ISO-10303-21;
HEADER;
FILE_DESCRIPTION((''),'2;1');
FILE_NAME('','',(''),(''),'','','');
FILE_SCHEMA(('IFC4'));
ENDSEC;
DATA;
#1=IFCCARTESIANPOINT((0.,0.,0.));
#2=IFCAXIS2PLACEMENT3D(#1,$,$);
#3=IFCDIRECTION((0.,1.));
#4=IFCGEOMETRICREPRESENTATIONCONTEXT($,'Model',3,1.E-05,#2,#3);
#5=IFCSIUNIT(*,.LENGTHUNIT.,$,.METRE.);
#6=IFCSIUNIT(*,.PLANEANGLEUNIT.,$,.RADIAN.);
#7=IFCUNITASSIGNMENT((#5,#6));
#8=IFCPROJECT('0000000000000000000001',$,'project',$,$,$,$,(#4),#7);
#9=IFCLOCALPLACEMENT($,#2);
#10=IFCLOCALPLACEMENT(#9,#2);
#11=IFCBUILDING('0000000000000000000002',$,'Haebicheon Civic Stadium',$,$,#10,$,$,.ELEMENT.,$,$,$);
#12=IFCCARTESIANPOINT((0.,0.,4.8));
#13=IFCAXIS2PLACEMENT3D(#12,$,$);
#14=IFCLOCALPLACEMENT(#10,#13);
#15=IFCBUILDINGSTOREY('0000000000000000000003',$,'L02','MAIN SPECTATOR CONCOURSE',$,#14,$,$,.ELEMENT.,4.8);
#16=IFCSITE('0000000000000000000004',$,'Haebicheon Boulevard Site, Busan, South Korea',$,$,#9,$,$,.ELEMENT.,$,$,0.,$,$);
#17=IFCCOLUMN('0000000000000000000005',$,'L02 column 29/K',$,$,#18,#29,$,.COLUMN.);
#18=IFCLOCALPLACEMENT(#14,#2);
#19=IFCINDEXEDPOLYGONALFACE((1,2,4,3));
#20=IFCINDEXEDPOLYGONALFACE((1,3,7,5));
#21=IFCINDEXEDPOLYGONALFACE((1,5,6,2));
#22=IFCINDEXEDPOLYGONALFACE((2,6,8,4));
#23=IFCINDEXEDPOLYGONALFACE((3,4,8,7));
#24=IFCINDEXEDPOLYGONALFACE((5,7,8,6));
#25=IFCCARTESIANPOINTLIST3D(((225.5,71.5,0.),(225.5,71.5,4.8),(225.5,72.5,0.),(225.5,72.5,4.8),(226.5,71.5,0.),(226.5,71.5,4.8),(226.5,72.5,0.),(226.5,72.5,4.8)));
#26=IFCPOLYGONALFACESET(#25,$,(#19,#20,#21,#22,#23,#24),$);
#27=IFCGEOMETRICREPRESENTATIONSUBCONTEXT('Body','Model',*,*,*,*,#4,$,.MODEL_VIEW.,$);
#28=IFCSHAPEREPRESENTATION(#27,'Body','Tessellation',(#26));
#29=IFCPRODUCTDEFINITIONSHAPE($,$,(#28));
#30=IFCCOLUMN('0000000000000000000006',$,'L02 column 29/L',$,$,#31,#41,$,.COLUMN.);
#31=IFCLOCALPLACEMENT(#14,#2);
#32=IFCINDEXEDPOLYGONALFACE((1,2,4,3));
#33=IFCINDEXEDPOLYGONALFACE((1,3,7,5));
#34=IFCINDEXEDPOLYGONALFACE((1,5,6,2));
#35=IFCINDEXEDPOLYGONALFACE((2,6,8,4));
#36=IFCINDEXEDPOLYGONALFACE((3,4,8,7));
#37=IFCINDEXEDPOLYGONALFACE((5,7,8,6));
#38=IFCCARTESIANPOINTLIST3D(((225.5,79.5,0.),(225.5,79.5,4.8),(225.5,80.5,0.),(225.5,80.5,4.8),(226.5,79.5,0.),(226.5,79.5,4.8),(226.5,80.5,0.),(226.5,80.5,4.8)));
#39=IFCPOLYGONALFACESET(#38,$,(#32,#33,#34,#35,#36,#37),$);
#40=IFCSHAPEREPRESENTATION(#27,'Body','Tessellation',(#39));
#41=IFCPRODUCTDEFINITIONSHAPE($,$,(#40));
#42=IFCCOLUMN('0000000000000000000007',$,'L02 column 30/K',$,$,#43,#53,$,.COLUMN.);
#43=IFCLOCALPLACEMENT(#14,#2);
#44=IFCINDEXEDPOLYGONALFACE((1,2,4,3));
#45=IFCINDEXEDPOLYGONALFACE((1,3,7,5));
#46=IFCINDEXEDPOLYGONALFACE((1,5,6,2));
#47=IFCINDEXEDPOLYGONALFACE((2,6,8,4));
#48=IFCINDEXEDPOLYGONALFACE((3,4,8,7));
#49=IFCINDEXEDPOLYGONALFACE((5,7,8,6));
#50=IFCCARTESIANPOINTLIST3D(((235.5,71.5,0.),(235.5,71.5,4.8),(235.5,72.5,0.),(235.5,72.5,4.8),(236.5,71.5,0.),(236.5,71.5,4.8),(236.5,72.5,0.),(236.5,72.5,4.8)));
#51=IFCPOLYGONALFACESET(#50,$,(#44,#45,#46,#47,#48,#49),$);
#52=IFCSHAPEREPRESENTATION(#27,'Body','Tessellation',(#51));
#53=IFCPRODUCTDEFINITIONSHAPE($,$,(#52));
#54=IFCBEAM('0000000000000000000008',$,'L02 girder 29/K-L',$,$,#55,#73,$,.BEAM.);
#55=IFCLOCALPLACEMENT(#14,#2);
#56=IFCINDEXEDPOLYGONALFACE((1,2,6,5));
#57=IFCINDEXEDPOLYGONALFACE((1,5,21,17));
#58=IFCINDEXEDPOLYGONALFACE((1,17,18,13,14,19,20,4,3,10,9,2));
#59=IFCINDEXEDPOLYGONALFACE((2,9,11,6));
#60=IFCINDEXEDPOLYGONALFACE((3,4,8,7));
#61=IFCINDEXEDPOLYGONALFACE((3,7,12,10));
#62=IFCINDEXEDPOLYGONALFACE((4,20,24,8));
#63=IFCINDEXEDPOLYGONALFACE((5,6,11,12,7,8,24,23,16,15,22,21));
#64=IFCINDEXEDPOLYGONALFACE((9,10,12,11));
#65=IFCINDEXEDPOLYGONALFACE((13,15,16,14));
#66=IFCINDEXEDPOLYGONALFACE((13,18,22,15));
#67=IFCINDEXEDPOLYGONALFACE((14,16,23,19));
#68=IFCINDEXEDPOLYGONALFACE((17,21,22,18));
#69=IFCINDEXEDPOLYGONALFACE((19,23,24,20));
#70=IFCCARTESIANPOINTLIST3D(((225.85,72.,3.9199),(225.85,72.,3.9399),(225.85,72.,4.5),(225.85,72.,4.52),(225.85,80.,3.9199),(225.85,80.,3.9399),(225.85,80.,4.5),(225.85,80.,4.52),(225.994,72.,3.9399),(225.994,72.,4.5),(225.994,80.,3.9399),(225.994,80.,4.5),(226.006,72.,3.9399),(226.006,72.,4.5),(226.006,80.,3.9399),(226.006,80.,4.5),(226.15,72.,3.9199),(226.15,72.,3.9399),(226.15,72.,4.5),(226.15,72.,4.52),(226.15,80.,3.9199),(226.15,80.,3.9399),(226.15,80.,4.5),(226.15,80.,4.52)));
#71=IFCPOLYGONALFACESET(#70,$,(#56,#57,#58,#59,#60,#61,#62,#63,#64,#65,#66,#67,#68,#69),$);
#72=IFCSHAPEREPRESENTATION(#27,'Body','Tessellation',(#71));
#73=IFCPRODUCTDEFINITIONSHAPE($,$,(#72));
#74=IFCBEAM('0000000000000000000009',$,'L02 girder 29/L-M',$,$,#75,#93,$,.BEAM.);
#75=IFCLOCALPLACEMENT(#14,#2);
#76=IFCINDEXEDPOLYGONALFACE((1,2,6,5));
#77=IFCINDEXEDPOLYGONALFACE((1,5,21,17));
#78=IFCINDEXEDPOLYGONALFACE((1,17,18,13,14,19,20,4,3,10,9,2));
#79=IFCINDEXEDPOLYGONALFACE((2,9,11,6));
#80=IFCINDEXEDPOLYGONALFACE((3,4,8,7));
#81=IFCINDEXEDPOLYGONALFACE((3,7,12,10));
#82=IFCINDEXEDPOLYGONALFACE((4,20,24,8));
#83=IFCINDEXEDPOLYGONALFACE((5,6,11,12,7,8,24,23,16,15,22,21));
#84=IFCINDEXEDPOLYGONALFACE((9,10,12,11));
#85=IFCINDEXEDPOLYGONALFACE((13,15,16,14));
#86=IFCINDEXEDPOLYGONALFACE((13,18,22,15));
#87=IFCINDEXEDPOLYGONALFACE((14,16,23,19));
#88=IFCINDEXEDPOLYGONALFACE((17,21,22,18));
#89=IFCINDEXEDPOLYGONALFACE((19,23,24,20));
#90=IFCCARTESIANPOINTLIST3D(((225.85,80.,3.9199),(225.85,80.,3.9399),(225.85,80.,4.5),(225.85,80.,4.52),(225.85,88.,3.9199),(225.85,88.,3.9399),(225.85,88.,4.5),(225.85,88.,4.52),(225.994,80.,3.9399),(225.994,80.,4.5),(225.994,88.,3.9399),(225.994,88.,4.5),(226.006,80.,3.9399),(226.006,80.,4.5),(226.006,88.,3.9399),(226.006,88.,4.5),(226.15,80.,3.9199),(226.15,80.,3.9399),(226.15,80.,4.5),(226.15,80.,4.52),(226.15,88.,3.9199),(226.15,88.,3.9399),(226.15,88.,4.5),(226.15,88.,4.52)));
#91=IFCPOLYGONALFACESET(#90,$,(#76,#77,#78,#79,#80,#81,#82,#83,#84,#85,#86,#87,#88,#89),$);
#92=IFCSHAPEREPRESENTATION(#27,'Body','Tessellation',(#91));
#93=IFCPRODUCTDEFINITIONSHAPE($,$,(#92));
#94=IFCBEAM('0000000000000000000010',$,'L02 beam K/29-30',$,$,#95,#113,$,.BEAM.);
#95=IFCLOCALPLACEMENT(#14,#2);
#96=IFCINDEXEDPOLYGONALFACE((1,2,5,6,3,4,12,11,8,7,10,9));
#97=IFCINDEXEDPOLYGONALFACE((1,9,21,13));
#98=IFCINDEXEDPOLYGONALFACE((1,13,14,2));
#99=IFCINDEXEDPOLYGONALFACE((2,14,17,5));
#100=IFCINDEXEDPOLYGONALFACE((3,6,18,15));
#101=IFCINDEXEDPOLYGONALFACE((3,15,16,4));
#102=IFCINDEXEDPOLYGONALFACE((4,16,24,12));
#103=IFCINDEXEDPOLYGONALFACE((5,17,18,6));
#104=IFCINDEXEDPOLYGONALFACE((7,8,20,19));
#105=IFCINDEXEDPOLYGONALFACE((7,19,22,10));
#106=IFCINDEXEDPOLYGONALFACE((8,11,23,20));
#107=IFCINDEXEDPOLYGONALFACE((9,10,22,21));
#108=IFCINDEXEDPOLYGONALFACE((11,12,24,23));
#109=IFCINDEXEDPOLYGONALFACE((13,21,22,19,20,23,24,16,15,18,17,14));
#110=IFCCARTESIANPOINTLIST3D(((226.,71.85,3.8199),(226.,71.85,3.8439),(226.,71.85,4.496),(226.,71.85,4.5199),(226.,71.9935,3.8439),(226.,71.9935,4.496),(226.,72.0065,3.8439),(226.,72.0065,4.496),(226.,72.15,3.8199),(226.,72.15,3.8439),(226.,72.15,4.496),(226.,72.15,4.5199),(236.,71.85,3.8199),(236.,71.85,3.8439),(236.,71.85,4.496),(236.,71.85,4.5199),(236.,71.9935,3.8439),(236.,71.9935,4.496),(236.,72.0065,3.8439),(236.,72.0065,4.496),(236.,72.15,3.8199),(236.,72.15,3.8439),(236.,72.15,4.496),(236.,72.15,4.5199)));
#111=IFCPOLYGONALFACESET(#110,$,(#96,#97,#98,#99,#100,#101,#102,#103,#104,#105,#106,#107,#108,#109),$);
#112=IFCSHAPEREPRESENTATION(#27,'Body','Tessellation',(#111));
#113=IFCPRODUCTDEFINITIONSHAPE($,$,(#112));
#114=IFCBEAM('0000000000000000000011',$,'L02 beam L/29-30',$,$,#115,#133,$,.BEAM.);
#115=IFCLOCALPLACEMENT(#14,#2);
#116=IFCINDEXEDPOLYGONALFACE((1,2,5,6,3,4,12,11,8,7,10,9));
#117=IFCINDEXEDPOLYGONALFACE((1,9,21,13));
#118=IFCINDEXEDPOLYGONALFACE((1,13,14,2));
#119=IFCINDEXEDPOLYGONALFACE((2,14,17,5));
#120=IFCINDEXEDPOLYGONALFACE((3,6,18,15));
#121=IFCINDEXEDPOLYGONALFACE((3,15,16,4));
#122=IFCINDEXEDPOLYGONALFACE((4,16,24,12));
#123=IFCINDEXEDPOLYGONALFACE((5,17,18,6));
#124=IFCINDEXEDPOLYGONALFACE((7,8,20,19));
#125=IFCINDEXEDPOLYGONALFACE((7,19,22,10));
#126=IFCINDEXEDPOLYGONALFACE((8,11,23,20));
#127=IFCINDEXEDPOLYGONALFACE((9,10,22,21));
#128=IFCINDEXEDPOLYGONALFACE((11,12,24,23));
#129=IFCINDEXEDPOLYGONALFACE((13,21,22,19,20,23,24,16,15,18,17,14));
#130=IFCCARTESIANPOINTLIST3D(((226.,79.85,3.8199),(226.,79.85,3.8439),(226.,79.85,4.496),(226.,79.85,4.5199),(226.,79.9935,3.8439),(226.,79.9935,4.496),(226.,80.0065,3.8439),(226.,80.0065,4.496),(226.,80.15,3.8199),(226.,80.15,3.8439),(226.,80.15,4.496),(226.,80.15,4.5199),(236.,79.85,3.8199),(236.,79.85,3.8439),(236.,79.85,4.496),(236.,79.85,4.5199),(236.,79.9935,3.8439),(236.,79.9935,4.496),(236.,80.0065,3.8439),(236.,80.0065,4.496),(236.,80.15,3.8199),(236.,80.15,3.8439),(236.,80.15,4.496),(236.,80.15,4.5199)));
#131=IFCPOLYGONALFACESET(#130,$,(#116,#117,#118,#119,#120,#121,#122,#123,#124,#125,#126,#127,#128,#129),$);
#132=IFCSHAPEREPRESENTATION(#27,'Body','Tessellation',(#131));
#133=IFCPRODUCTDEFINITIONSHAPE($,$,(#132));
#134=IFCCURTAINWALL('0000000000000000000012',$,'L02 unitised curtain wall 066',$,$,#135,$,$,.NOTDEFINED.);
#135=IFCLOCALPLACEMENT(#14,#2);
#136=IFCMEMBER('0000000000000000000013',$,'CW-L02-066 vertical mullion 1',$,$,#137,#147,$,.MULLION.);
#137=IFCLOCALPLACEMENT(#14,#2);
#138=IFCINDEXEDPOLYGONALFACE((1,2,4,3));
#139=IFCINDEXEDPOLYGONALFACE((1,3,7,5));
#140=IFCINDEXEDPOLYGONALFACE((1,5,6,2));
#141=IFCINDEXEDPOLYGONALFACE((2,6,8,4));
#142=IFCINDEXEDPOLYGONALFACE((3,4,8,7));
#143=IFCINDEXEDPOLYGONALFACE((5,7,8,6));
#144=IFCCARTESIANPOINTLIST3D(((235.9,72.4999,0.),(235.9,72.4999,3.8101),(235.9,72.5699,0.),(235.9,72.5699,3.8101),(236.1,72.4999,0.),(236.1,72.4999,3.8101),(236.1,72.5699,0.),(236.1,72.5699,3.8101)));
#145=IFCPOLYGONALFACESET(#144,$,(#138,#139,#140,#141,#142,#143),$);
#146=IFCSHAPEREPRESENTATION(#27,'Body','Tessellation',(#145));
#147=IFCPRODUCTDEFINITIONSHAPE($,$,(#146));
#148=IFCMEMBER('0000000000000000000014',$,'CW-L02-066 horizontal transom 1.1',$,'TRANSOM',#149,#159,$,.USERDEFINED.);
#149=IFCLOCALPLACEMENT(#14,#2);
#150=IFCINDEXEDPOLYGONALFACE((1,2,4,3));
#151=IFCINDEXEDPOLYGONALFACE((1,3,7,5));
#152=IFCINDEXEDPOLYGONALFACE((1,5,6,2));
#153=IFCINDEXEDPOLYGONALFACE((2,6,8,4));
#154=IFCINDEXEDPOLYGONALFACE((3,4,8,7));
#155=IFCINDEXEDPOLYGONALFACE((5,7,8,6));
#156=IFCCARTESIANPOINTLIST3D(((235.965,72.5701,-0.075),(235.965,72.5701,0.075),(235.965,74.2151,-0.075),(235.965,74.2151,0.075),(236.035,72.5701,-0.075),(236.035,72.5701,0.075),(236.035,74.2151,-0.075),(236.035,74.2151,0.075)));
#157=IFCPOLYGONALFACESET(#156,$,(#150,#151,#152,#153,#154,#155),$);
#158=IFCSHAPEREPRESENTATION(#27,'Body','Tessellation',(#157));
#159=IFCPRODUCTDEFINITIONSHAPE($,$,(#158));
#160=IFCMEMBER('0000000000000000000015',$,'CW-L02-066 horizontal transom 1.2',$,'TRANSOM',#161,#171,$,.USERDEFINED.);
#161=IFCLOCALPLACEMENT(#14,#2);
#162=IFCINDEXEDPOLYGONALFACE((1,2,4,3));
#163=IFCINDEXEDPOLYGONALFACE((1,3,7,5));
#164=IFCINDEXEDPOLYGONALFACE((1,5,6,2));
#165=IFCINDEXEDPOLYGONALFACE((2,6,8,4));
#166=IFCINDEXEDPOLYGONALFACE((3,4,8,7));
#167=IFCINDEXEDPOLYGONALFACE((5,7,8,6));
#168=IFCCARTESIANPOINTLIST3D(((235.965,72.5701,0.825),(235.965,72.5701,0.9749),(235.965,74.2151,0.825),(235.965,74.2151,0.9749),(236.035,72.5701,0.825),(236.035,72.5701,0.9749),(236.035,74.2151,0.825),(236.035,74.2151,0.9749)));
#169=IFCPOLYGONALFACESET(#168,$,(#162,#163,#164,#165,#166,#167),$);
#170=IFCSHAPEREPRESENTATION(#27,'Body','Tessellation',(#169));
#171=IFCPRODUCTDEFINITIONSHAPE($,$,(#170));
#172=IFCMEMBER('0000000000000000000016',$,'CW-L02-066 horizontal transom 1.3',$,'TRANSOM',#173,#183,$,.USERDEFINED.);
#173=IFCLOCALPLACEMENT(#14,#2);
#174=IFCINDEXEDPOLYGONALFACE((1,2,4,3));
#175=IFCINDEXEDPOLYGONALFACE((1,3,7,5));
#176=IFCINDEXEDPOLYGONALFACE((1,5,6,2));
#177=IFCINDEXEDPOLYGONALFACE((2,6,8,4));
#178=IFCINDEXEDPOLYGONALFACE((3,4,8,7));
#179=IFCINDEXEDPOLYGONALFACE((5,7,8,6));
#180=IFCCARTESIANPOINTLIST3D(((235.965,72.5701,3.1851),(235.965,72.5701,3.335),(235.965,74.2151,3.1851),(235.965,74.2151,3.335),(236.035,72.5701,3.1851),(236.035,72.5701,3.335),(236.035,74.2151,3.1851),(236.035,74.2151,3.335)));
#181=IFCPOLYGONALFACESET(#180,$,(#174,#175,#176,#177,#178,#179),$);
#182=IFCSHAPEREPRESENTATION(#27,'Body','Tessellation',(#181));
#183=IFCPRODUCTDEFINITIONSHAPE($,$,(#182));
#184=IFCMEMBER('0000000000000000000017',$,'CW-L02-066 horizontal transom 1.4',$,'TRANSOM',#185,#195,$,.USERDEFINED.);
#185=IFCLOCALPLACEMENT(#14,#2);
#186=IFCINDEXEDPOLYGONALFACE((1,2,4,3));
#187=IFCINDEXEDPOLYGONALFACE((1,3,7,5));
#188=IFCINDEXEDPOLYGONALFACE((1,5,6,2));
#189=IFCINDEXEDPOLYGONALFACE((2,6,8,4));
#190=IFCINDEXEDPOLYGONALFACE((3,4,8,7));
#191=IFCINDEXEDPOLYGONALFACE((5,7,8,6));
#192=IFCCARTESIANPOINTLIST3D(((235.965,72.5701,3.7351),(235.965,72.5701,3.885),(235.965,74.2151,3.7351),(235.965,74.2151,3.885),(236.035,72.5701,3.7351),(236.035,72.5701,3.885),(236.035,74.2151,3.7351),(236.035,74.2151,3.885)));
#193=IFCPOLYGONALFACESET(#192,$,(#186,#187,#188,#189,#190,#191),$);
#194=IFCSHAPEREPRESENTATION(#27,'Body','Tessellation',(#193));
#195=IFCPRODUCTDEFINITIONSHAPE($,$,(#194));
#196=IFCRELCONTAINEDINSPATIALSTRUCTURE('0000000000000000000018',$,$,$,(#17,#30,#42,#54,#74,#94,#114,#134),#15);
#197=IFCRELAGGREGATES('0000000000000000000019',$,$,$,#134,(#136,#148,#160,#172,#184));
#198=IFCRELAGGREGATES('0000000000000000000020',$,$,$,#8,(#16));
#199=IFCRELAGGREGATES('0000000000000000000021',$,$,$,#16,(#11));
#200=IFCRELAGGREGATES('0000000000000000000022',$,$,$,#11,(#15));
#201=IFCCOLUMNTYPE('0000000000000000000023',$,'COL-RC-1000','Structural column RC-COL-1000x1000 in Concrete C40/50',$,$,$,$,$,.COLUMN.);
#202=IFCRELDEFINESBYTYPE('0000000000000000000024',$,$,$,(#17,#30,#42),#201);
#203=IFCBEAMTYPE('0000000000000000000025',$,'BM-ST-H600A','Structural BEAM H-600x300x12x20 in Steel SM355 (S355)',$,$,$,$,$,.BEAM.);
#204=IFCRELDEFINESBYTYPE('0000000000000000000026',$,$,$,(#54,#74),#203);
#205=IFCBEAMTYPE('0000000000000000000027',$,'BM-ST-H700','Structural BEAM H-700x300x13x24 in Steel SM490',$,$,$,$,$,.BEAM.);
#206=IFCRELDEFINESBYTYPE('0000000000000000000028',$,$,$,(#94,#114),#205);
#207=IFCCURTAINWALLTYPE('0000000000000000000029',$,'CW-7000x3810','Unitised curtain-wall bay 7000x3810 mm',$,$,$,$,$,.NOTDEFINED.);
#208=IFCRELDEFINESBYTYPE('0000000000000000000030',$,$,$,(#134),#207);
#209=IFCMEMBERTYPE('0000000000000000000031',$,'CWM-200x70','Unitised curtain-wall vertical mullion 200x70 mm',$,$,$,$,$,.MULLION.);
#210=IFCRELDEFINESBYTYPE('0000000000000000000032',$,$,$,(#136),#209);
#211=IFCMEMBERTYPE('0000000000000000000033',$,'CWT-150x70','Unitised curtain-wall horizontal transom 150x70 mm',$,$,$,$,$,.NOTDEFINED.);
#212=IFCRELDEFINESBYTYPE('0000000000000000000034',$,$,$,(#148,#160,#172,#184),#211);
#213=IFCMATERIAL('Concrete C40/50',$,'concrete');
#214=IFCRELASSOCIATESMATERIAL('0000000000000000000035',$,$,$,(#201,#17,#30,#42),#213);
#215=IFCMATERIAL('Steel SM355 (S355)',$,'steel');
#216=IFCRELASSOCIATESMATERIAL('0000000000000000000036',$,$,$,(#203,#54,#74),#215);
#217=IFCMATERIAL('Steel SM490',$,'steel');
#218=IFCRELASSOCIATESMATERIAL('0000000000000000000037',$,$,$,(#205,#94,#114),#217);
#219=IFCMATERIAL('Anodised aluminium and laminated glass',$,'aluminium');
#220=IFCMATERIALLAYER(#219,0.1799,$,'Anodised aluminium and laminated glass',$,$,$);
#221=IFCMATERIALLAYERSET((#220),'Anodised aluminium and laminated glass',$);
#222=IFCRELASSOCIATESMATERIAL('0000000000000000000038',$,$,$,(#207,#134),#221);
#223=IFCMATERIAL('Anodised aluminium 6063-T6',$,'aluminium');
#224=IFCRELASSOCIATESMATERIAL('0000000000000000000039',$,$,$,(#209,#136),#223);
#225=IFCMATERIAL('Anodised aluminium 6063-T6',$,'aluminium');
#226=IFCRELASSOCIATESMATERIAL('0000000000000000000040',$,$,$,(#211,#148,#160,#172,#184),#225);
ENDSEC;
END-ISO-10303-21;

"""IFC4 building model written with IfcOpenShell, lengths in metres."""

from ifc_helpers import new_model, si_unit, direction, frame, origin, origin_2d, place, context, subcontext, project, spatial, rectangle, i_section, extrude, material, layer, layer_set, material_profile, profile_set, type_object, element, aggregate, save


model = new_model("IFC4")

# Units and contexts
model_context = context("Model", 3, precision=1e-05, world=origin(), true_north=direction((0.0, 1.0)))
body_context = subcontext(model_context, "Body", "Model", "MODEL_VIEW")
ifc_project = project(units=[si_unit("LENGTHUNIT", "METRE"), si_unit("PLANEANGLEUNIT", "RADIAN")], contexts=[model_context])

# Site, building, storey
site_placement = place(None, origin())
site = spatial("IfcSite", under=ifc_project, at=site_placement, Name="Haebicheon Boulevard Site, Busan, South Korea", CompositionType="ELEMENT", RefElevation=0.0)
building_placement = place(site_placement, origin())
building = spatial("IfcBuilding", under=site, at=building_placement, Name="Haebicheon Civic Stadium", CompositionType="ELEMENT")
storey_placement = place(building_placement, frame((0.0, 0.0, 4.8)))
storey = spatial("IfcBuildingStorey", under=building, at=storey_placement, Name="L02", Description="MAIN SPECTATOR CONCOURSE", CompositionType="ELEMENT", Elevation=4.8)

# Columns
ifc_material_1 = material(Name="Concrete C40/50", Category="concrete")
ifc_material_profile_1 = material_profile(ifc_material_1, rectangle(XDim=1.0, YDim=1.0, at=origin_2d()), Name="RC-COL-1000x1000")
ifc_profile_set_1 = profile_set([ifc_material_profile_1], Name="Concrete C40/50")
column_type = type_object("IfcColumnType", Name="COL-RC-1000", Description="Structural column RC-COL-1000x1000 in Concrete C40/50", PredefinedType="COLUMN", material=ifc_profile_set_1)
for number, where, z_axis, x_axis, name in (
    (1, (226.0, 72.0, 0.0), (0.0, 0.0, 1.0), (1.0, 0.0, 0.0), "L02 column 29/K"),
    (2, (226.0, 80.0, 0.0), (0.0, 0.0, 1.0), (1.0, 0.0, 0.0), "L02 column 29/L"),
    (3, (236.0, 72.0, 0.0), (0.0, 0.0, 1.0), (1.0, 0.0, 0.0), "L02 column 30/K"),
):
    element("IfcColumn", number, at=place(storey_placement, frame(where, z_axis=z_axis, x_axis=x_axis)), inside=storey, type_object=column_type, material=ifc_profile_set_1, Name=name, PredefinedType="COLUMN", context=body_context, shape_type="SweptSolid", body=[
        extrude(rectangle(XDim=1.0, YDim=1.0, at=origin_2d()), origin(), (0.0, 0.0, 1.0), 4.8),
    ])

# Beams
ifc_material_2 = material(Name="Steel SM355 (S355)", Category="steel")
ifc_material_profile_2 = material_profile(ifc_material_2, i_section(OverallWidth=0.3, OverallDepth=0.6001, WebThickness=0.012, FlangeThickness=0.02, at=origin_2d()), Name="H-600x300x12x20")
ifc_profile_set_2 = profile_set([ifc_material_profile_2], Name="Steel SM355 (S355)")
beam_type_1 = type_object("IfcBeamType", Name="BM-ST-H600A", Description="Structural BEAM H-600x300x12x20 in Steel SM355 (S355)", PredefinedType="BEAM", material=ifc_profile_set_2)
for number, where, z_axis, x_axis, name in (
    (4, (226.0, 72.0, 4.22), (0.0, 1.0, 0.0), (-1.0, 0.0, 0.0), "L02 girder 29/K-L"),
    (5, (226.0, 80.0, 4.22), (0.0, 1.0, 0.0), (-1.0, 0.0, 0.0), "L02 girder 29/L-M"),
):
    element("IfcBeam", number, at=place(storey_placement, frame(where, z_axis=z_axis, x_axis=x_axis)), inside=storey, type_object=beam_type_1, material=ifc_profile_set_2, Name=name, PredefinedType="BEAM", context=body_context, shape_type="SweptSolid", body=[
        extrude(i_section(OverallWidth=0.3, OverallDepth=0.6001, WebThickness=0.012, FlangeThickness=0.02, at=origin_2d()), origin(), (0.0, 0.0, 1.0), 8.0),
    ])
ifc_material_3 = material(Name="Steel SM490", Category="steel")
ifc_material_profile_3 = material_profile(ifc_material_3, i_section(OverallWidth=0.3, OverallDepth=0.7, WebThickness=0.0129, FlangeThickness=0.0239, at=origin_2d()), Name="H-700x300x13x24")
ifc_profile_set_3 = profile_set([ifc_material_profile_3], Name="Steel SM490")
beam_type_2 = type_object("IfcBeamType", Name="BM-ST-H700", Description="Structural BEAM H-700x300x13x24 in Steel SM490", PredefinedType="BEAM", material=ifc_profile_set_3)
for number, where, z_axis, x_axis, name in (
    (6, (226.0, 72.0, 4.1699), (1.0, 0.0, 0.0), (0.0, 1.0, 0.0), "L02 beam K/29-30"),
    (7, (226.0, 80.0, 4.1699), (1.0, 0.0, 0.0), (0.0, 1.0, 0.0), "L02 beam L/29-30"),
):
    element("IfcBeam", number, at=place(storey_placement, frame(where, z_axis=z_axis, x_axis=x_axis)), inside=storey, type_object=beam_type_2, material=ifc_profile_set_3, Name=name, PredefinedType="BEAM", context=body_context, shape_type="SweptSolid", body=[
        extrude(i_section(OverallWidth=0.3, OverallDepth=0.7, WebThickness=0.0129, FlangeThickness=0.0239, at=origin_2d()), origin(), (0.0, 0.0, 1.0), 10.0),
    ])

# Curtain wall, members
ifc_material_4 = material(Name="Anodised aluminium and laminated glass", Category="aluminium")
ifc_layer_1 = layer(ifc_material_4, 0.1799, Name="Anodised aluminium and laminated glass")
ifc_layer_set_1 = layer_set([ifc_layer_1], Name="Anodised aluminium and laminated glass")
curtain_wall_type = type_object("IfcCurtainWallType", Name="CW-7000x3810", Description="Unitised curtain-wall bay 7000x3810 mm", PredefinedType="NOTDEFINED", material=ifc_layer_set_1)
curtain_wall_placement = place(storey_placement, origin())
curtain_wall = element("IfcCurtainWall", 8, at=curtain_wall_placement, inside=storey, type_object=curtain_wall_type, material=ifc_layer_set_1, Name="L02 unitised curtain wall 066", PredefinedType="NOTDEFINED")
ifc_material_5 = material(Name="Anodised aluminium 6063-T6", Category="aluminium")
ifc_material_profile_4 = material_profile(ifc_material_5, rectangle(XDim=0.0701, YDim=0.2, at=origin_2d()), Name="ALU-MULL-70x200")
ifc_profile_set_4 = profile_set([ifc_material_profile_4], Name="Anodised aluminium 6063-T6")
member_type_1 = type_object("IfcMemberType", Name="CWM-200x70", Description="Unitised curtain-wall vertical mullion 200x70 mm", PredefinedType="MULLION", material=ifc_profile_set_4)
member_1_placement = place(storey_placement, frame((236.0, 72.5349, 0.0), z_axis=(0.0, 0.0, 1.0), x_axis=(0.0, 1.0, 0.0)))
member_1 = element("IfcMember", 9, at=member_1_placement, type_object=member_type_1, material=ifc_profile_set_4, Name="CW-L02-066 vertical mullion 1", PredefinedType="MULLION", context=body_context, shape_type="SweptSolid", body=[
    extrude(rectangle(XDim=0.0701, YDim=0.2, at=origin_2d()), origin(), (0.0, 0.0, 1.0), 3.8101),
])
ifc_material_6 = material(Name="Anodised aluminium 6063-T6", Category="aluminium")
ifc_material_profile_5 = material_profile(ifc_material_6, rectangle(XDim=0.0701, YDim=0.1499, at=origin_2d()), Name="ALU-TRAN-70x150")
ifc_profile_set_5 = profile_set([ifc_material_profile_5], Name="Anodised aluminium 6063-T6")
member_type_2 = type_object("IfcMemberType", Name="CWT-150x70", Description="Unitised curtain-wall horizontal transom 150x70 mm", PredefinedType="NOTDEFINED", material=ifc_profile_set_5)
member_2_placement = place(storey_placement, frame((236.0, 72.5701, 0.0), z_axis=(0.0, 1.0, 0.0), x_axis=(-1.0, 0.0, 0.0)))
member_2 = element("IfcMember", 10, at=member_2_placement, type_object=member_type_2, material=ifc_profile_set_5, Name="CW-L02-066 horizontal transom 1.1", ObjectType="TRANSOM", PredefinedType="USERDEFINED", context=body_context, shape_type="SweptSolid", body=[
    extrude(rectangle(XDim=0.0701, YDim=0.1499, at=origin_2d()), origin(), (0.0, 0.0, 1.0), 1.645),
])
member_3_placement = place(storey_placement, frame((236.0, 72.5701, 0.8999), z_axis=(0.0, 1.0, 0.0), x_axis=(-1.0, 0.0, 0.0)))
member_3 = element("IfcMember", 11, at=member_3_placement, type_object=member_type_2, material=ifc_profile_set_5, Name="CW-L02-066 horizontal transom 1.2", ObjectType="TRANSOM", PredefinedType="USERDEFINED", context=body_context, shape_type="SweptSolid", body=[
    extrude(rectangle(XDim=0.0701, YDim=0.1499, at=origin_2d()), origin(), (0.0, 0.0, 1.0), 1.645),
])
member_4_placement = place(storey_placement, frame((236.0, 72.5701, 3.26), z_axis=(0.0, 1.0, 0.0), x_axis=(-1.0, 0.0, 0.0)))
member_4 = element("IfcMember", 12, at=member_4_placement, type_object=member_type_2, material=ifc_profile_set_5, Name="CW-L02-066 horizontal transom 1.3", ObjectType="TRANSOM", PredefinedType="USERDEFINED", context=body_context, shape_type="SweptSolid", body=[
    extrude(rectangle(XDim=0.0701, YDim=0.1499, at=origin_2d()), origin(), (0.0, 0.0, 1.0), 1.645),
])
member_5_placement = place(storey_placement, frame((236.0, 72.5701, 3.8101), z_axis=(0.0, 1.0, 0.0), x_axis=(-1.0, 0.0, 0.0)))
member_5 = element("IfcMember", 13, at=member_5_placement, type_object=member_type_2, material=ifc_profile_set_5, Name="CW-L02-066 horizontal transom 1.4", ObjectType="TRANSOM", PredefinedType="USERDEFINED", context=body_context, shape_type="SweptSolid", body=[
    extrude(rectangle(XDim=0.0701, YDim=0.1499, at=origin_2d()), origin(), (0.0, 0.0, 1.0), 1.645),
])
aggregate(curtain_wall, [member_1, member_2, member_3, member_4, member_5])

save(model, "model.ifc")
